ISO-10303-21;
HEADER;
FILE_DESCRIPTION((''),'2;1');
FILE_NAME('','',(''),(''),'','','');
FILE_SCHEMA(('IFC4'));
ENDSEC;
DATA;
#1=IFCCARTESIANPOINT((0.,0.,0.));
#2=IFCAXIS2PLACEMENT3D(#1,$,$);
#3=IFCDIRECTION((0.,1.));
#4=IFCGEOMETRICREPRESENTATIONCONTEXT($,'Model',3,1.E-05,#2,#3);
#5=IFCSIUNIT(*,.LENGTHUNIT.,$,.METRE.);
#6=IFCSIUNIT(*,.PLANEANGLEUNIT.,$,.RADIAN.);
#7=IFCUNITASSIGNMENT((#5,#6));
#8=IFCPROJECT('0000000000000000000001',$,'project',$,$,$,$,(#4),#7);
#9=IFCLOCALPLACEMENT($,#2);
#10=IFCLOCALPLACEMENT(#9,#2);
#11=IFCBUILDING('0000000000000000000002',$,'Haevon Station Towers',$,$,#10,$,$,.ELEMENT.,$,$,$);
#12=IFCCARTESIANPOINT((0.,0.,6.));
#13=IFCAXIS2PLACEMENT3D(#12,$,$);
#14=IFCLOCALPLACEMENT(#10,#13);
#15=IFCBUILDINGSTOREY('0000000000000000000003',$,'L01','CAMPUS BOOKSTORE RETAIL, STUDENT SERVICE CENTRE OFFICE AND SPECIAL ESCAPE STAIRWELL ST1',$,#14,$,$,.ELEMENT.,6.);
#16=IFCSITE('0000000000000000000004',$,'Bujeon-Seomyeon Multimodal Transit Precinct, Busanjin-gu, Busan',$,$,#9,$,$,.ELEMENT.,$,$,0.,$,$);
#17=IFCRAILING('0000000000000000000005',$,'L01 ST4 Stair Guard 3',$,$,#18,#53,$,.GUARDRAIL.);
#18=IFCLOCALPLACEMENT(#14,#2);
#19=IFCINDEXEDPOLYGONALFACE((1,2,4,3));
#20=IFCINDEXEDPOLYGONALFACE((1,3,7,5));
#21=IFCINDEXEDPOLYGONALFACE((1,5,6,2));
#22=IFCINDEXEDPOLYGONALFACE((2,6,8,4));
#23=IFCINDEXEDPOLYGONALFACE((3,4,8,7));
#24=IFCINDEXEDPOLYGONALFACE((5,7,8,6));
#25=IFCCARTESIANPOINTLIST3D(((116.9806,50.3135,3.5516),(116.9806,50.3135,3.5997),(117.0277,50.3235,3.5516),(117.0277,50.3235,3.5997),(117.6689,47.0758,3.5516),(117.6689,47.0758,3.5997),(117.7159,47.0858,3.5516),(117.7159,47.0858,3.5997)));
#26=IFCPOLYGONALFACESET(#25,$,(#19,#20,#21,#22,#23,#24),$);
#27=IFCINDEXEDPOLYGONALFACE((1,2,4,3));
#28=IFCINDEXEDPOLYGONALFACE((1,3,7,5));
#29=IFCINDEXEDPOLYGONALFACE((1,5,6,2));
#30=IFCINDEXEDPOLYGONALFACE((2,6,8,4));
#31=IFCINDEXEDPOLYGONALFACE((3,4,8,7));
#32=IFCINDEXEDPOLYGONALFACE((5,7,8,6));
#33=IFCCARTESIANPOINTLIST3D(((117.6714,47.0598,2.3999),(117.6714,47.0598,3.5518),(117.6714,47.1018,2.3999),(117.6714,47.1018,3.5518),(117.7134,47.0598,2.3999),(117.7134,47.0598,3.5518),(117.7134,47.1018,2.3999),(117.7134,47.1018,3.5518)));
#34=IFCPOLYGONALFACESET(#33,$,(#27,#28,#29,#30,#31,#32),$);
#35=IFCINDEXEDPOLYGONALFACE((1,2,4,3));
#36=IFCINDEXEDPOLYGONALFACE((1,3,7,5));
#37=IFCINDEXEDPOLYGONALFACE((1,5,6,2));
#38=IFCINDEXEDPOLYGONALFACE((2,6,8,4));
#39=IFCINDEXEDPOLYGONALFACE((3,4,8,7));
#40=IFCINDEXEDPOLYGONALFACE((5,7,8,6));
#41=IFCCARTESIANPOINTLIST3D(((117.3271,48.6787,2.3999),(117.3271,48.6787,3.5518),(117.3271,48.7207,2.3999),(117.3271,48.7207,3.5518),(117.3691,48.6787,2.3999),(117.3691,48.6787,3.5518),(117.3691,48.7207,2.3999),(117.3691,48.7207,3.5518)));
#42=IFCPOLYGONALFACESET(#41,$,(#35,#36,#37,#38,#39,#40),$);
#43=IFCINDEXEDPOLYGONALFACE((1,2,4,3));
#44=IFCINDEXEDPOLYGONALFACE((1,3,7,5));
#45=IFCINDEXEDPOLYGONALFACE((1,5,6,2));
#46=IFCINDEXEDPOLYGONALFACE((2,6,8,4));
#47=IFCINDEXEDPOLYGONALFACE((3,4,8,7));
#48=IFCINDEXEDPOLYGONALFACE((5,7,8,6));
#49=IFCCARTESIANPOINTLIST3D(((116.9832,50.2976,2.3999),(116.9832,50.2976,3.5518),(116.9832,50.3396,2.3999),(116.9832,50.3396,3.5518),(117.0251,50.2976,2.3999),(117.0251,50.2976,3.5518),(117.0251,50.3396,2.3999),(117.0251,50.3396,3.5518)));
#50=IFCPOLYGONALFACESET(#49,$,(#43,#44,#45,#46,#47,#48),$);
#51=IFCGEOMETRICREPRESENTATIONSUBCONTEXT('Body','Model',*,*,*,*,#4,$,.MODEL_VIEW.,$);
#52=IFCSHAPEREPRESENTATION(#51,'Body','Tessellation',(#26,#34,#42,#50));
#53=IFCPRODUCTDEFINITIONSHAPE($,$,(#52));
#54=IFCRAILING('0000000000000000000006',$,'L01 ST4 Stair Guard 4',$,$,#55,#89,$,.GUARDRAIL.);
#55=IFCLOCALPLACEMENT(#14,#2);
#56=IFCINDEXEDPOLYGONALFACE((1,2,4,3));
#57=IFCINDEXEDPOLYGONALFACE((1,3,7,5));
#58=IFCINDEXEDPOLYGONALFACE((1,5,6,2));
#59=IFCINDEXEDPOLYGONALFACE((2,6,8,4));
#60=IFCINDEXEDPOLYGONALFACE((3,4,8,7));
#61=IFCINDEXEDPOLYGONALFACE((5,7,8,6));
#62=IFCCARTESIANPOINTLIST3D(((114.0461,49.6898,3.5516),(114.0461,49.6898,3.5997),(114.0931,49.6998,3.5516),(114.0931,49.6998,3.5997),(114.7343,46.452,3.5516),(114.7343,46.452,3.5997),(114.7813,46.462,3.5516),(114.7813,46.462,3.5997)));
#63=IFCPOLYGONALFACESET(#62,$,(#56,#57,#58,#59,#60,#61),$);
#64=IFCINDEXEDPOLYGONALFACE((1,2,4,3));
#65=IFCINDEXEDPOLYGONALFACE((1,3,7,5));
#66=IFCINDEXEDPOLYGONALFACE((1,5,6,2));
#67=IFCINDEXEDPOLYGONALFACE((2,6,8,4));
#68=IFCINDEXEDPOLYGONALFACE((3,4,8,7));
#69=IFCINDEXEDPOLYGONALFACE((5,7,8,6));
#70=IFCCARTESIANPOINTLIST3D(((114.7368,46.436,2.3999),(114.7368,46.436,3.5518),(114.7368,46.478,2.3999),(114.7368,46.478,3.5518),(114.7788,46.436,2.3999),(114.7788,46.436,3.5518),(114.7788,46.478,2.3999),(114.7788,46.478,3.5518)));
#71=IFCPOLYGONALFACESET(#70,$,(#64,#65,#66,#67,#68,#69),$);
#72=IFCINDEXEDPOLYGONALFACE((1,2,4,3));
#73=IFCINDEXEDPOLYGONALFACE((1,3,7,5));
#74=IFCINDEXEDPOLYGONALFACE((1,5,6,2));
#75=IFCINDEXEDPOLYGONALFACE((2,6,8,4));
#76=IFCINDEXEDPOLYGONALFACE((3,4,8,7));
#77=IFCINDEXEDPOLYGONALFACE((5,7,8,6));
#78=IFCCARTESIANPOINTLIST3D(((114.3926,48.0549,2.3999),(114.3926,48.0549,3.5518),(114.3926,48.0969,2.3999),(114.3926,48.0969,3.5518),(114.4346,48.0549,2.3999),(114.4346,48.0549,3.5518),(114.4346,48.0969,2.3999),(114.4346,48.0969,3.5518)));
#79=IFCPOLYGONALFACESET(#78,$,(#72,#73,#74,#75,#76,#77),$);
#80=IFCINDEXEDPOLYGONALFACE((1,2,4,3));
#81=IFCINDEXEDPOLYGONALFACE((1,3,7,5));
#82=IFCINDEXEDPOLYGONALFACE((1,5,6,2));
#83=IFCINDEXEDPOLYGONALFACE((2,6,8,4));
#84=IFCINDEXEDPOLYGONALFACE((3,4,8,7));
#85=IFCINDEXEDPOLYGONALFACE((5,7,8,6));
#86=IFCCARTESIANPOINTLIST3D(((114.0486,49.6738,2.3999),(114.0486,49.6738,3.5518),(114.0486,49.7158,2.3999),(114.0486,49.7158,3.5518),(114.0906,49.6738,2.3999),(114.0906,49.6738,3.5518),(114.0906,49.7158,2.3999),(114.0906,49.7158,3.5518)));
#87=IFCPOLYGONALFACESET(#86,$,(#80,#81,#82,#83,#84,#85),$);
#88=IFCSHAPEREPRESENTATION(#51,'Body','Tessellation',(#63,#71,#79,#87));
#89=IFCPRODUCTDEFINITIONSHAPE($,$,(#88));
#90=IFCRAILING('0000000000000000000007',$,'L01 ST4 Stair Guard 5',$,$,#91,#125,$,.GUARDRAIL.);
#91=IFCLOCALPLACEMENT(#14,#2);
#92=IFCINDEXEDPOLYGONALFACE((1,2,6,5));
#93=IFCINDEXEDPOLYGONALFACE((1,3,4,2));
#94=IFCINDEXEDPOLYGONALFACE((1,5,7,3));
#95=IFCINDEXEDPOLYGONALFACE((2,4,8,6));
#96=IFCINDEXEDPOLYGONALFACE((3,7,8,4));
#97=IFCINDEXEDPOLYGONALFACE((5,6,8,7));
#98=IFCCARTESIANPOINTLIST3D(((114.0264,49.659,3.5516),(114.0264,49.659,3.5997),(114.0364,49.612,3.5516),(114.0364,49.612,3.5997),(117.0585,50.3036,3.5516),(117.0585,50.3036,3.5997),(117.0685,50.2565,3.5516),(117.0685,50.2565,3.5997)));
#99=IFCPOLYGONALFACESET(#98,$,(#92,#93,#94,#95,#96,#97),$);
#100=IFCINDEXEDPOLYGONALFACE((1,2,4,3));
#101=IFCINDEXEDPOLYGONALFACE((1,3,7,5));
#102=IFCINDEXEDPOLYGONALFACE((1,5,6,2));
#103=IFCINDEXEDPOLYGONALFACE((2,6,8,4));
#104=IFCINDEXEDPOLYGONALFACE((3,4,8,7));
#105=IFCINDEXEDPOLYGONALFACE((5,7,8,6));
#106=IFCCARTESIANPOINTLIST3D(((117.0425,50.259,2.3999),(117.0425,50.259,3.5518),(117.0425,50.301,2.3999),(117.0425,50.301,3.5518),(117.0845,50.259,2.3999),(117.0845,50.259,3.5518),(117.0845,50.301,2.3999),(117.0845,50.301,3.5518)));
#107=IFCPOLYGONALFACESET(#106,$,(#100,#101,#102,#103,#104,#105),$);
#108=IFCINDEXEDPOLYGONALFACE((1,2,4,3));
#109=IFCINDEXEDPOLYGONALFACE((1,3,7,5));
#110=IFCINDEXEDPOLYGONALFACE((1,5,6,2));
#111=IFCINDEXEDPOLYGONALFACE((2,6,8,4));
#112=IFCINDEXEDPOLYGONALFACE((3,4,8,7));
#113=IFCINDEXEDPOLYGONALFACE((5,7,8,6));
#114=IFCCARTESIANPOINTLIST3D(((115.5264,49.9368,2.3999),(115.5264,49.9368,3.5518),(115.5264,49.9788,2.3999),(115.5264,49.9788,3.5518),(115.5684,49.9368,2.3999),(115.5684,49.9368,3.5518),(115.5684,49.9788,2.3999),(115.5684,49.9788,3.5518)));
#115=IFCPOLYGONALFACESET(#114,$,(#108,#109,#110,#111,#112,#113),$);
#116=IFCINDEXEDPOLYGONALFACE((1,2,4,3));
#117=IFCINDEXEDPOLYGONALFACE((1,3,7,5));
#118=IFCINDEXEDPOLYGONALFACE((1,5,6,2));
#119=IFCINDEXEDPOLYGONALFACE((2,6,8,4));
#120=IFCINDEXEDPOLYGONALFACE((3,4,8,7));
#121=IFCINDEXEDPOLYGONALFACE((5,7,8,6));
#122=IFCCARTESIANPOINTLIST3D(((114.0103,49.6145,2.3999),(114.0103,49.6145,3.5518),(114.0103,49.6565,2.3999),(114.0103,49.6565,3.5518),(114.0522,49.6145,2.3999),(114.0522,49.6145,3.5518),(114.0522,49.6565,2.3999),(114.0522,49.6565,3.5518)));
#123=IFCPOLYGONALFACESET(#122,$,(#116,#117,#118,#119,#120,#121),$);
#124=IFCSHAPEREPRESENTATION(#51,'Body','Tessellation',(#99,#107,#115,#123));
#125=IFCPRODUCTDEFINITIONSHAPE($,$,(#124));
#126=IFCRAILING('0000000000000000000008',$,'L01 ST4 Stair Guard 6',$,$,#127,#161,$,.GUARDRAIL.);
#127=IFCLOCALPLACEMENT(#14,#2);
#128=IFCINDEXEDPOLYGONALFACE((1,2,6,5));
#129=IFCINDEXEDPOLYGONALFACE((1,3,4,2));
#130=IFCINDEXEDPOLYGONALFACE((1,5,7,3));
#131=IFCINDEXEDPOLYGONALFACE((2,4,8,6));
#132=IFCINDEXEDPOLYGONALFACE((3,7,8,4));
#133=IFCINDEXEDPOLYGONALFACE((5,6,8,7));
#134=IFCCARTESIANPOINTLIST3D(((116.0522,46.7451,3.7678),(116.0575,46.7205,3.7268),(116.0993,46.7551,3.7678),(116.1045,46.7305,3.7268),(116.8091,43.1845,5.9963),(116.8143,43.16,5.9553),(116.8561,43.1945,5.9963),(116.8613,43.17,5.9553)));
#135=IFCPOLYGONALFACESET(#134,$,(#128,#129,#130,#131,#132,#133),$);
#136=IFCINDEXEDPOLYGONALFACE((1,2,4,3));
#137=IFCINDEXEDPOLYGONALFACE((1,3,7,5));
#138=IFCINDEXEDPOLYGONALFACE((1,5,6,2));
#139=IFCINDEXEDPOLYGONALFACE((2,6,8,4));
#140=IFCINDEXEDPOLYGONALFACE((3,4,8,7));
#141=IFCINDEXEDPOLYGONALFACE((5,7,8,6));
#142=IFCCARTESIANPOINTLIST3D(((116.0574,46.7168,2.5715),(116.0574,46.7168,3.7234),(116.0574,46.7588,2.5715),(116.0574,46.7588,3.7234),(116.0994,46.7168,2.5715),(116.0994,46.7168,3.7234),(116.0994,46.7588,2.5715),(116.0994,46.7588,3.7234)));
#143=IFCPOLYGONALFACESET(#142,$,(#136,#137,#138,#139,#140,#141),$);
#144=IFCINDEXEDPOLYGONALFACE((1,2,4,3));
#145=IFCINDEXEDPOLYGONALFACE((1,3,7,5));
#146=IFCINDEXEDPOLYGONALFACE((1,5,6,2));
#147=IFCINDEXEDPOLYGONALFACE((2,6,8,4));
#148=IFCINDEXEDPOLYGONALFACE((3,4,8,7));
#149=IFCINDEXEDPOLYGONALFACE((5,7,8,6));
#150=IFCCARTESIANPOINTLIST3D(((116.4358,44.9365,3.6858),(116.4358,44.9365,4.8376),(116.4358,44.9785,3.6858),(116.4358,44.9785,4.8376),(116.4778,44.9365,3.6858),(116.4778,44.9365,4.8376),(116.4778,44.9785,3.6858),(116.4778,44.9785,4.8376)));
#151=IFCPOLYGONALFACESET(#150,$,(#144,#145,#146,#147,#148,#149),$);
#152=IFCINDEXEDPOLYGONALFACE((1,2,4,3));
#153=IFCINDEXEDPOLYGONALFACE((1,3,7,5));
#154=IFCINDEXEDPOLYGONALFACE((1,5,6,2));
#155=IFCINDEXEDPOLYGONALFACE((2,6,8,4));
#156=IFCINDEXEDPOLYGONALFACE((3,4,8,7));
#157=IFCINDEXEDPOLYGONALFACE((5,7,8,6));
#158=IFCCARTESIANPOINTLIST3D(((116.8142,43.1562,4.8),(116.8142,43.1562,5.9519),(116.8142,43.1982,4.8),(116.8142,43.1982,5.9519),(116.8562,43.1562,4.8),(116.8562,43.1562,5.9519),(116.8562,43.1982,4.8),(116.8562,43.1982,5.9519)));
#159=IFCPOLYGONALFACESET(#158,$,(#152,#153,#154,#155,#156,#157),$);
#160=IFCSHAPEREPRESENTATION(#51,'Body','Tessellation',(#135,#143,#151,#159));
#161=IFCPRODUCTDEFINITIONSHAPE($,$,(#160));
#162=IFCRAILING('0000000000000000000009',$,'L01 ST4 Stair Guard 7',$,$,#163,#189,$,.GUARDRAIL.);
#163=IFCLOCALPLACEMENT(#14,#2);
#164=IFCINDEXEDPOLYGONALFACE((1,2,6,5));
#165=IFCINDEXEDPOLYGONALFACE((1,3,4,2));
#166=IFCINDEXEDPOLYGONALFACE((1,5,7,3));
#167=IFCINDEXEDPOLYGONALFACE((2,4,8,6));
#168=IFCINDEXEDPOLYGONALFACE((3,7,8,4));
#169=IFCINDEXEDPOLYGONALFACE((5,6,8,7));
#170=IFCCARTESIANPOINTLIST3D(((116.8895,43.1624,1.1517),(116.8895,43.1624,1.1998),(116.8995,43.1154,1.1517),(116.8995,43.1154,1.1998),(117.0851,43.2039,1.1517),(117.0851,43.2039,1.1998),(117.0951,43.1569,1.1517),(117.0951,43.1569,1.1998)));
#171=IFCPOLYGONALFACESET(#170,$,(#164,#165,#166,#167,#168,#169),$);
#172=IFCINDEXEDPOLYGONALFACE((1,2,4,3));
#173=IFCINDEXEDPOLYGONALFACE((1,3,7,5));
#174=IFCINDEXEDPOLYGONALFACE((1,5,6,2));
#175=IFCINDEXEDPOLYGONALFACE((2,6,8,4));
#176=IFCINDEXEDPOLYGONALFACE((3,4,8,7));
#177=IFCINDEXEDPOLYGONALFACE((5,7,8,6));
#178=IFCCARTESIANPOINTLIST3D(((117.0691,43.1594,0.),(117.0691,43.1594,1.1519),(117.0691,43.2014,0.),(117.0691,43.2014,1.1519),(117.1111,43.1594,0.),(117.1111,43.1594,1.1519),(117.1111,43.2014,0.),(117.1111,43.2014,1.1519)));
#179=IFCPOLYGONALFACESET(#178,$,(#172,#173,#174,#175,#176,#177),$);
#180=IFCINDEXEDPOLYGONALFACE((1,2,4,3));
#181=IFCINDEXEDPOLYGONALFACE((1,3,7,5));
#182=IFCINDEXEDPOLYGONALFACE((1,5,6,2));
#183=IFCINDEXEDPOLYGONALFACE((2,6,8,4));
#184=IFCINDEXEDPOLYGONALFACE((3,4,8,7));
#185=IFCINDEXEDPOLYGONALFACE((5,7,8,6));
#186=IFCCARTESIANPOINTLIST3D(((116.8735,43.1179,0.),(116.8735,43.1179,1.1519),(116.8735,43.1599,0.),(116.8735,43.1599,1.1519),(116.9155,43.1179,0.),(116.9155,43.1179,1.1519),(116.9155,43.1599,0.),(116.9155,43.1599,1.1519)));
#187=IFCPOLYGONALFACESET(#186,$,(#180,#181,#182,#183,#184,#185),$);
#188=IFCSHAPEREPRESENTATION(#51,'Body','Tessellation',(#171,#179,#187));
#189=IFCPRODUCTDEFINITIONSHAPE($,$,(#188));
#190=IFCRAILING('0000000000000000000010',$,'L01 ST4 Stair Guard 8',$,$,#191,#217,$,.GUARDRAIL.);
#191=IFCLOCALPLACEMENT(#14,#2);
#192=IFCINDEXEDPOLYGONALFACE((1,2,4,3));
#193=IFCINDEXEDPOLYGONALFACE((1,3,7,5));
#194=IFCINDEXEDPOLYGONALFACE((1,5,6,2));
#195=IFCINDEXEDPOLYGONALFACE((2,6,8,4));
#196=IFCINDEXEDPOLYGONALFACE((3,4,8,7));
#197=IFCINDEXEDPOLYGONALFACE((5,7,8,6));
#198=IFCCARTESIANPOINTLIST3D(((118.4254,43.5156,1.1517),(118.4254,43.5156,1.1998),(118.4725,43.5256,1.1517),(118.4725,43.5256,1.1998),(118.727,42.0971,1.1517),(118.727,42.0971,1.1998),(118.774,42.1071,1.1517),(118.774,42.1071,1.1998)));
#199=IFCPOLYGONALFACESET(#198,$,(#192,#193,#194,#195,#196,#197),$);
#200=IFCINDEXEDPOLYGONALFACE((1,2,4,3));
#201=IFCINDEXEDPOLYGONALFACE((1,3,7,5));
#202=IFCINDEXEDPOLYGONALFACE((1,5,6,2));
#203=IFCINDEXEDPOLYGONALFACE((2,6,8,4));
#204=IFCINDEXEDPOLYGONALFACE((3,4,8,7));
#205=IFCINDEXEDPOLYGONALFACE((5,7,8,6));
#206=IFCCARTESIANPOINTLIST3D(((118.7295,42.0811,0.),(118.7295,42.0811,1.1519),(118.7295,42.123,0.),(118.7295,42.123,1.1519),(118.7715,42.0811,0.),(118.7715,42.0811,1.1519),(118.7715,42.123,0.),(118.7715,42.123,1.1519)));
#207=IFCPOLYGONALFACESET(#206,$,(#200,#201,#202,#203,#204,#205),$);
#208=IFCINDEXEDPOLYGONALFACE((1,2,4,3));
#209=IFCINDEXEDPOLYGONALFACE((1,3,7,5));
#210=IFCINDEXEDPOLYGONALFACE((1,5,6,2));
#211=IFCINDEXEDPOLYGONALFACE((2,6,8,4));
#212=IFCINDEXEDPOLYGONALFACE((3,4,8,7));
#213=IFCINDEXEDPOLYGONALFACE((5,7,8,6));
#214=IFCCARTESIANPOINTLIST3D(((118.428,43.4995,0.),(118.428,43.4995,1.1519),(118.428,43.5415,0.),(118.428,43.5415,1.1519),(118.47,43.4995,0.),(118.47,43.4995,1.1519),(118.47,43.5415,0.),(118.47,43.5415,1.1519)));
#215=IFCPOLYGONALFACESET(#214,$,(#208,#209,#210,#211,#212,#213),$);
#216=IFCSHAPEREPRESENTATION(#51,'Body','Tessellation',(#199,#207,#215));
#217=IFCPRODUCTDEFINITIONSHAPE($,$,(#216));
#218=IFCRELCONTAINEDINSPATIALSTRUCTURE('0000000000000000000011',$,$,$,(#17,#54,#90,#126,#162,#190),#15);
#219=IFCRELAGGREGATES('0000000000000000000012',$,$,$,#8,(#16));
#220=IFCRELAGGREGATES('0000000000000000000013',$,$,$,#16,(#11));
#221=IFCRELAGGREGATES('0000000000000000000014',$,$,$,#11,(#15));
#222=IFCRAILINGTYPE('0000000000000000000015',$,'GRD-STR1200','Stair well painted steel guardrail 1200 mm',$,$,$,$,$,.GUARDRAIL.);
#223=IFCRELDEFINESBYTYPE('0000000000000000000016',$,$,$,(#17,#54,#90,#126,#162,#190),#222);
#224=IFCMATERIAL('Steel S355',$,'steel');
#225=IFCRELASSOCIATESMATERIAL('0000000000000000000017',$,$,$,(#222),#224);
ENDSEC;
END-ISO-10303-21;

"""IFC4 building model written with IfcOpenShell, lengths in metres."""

from ifc_helpers import new_model, si_unit, direction, frame, origin, origin_2d, place, context, subcontext, project, spatial, rectangle, extrude, material, type_object, element, save


model = new_model("IFC4")

# Units and contexts
model_context = context("Model", 3, precision=1e-05, world=origin(), true_north=direction((0.0, 1.0)))
body_context = subcontext(model_context, "Body", "Model", "MODEL_VIEW")
ifc_project = project(units=[si_unit("LENGTHUNIT", "METRE"), si_unit("PLANEANGLEUNIT", "RADIAN")], contexts=[model_context])

# Site, building, storey
site_placement = place(None, origin())
site = spatial("IfcSite", under=ifc_project, at=site_placement, Name="Bujeon-Seomyeon Multimodal Transit Precinct, Busanjin-gu, Busan", CompositionType="ELEMENT", RefElevation=0.0)
building_placement = place(site_placement, origin())
building = spatial("IfcBuilding", under=site, at=building_placement, Name="Haevon Station Towers", CompositionType="ELEMENT")
storey_placement = place(building_placement, frame((0.0, 0.0, 6.0)))
storey = spatial("IfcBuildingStorey", under=building, at=storey_placement, Name="L01", Description="CAMPUS BOOKSTORE RETAIL, STUDENT SERVICE CENTRE OFFICE AND SPECIAL ESCAPE STAIRWELL ST1", CompositionType="ELEMENT", Elevation=6.0)

# Shared definitions
ifc_material_1 = material(Name="Steel S355", Category="steel")

# Railings
railing_type_1 = type_object("IfcRailingType", Name="GRD-STR1200", Description="Stair well painted steel guardrail 1200 mm", PredefinedType="GUARDRAIL", material=ifc_material_1)
for number, where, name in (
    (1, (117.6924, 47.0808, 2.3999), "L01 ST4 Stair Guard 3"),
    (2, (114.7578, 46.457, 2.3999), "L01 ST4 Stair Guard 4"),
):
    element("IfcRailing", number, at=place(storey_placement, frame(where)), inside=storey, type_object=railing_type_1, Name=name, PredefinedType="GUARDRAIL", context=body_context, shape_type="SweptSolid", body=[
        extrude(rectangle(XDim=0.0481, YDim=0.0481, at=origin_2d()), frame((0.0, 0.0, 1.1758), z_axis=(-0.207917, 0.978146, 0.0), x_axis=(-0.978146, -0.207917, 0.0)), (0.0, 0.0, 1.0), 3.3101),
        extrude(rectangle(XDim=0.042, YDim=0.042, at=origin_2d()), origin(), (0.0, 0.0, 1.0), 1.1519),
        extrude(rectangle(XDim=0.042, YDim=0.042, at=origin_2d()), frame((-0.3442, 1.6189, 0.0)), (0.0, 0.0, 1.0), 1.1519),
        extrude(rectangle(XDim=0.042, YDim=0.042, at=origin_2d()), frame((-0.6882, 3.2378, 0.0)), (0.0, 0.0, 1.0), 1.1519),
    ])
railing_1_placement = place(storey_placement, frame((117.0635, 50.28, 2.3999)))
element("IfcRailing", 3, at=railing_1_placement, inside=storey, type_object=railing_type_1, Name="L01 ST4 Stair Guard 5", PredefinedType="GUARDRAIL", context=body_context, shape_type="SweptSolid", body=[
    extrude(rectangle(XDim=0.0481, YDim=0.0481, at=origin_2d()), frame((0.0, 0.0, 1.1758), z_axis=(-0.978147, -0.207915, 0.0), x_axis=(0.207915, -0.978147, 0.0)), (0.0, 0.0, 1.0), 3.0999),
    extrude(rectangle(XDim=0.042, YDim=0.042, at=origin_2d()), origin(), (0.0, 0.0, 1.0), 1.1519),
    extrude(rectangle(XDim=0.042, YDim=0.042, at=origin_2d()), frame((-1.5161, -0.3223, 0.0)), (0.0, 0.0, 1.0), 1.1519),
    extrude(rectangle(XDim=0.042, YDim=0.042, at=origin_2d()), frame((-3.0322, -0.6445, 0.0)), (0.0, 0.0, 1.0), 1.1519),
])
railing_2_placement = place(storey_placement, frame((116.0784, 46.7378, 2.5715)))
element("IfcRailing", 4, at=railing_2_placement, inside=storey, type_object=railing_type_1, Name="L01 ST4 Stair Guard 6", PredefinedType="GUARDRAIL", context=body_context, shape_type="SweptSolid", body=[
    extrude(rectangle(XDim=0.0481, YDim=0.0481, at=origin_2d()), frame((0.0, 0.0, 1.1758), z_axis=(0.177324, -0.834225, 0.522134), x_axis=(0.978147, 0.207917, 0.0)), (0.0, 0.0, 1.0), 4.2681),
    extrude(rectangle(XDim=0.042, YDim=0.042, at=origin_2d()), origin(), (0.0, 0.0, 1.0), 1.1519),
    extrude(rectangle(XDim=0.042, YDim=0.042, at=origin_2d()), frame((0.3784, -1.7803, 1.1143)), (0.0, 0.0, 1.0), 1.1519),
    extrude(rectangle(XDim=0.042, YDim=0.042, at=origin_2d()), frame((0.7568, -3.5605, 2.2285)), (0.0, 0.0, 1.0), 1.1519),
])
railing_3_placement = place(storey_placement, frame((117.0901, 43.1804, 0.0)))
element("IfcRailing", 5, at=railing_3_placement, inside=storey, type_object=railing_type_1, Name="L01 ST4 Stair Guard 7", PredefinedType="GUARDRAIL", context=body_context, shape_type="SweptSolid", body=[
    extrude(rectangle(XDim=0.0481, YDim=0.0481, at=origin_2d()), frame((0.0, 0.0, 1.1758), z_axis=(-0.978212, -0.20761, 0.0), x_axis=(0.20761, -0.978212, 0.0)), (0.0, 0.0, 1.0), 0.2),
    extrude(rectangle(XDim=0.042, YDim=0.042, at=origin_2d()), origin(), (0.0, 0.0, 1.0), 1.1519),
    extrude(rectangle(XDim=0.042, YDim=0.042, at=origin_2d()), frame((-0.1956, -0.0415, 0.0)), (0.0, 0.0, 1.0), 1.1519),
])
railing_4_placement = place(storey_placement, frame((118.7505, 42.1021, 0.0)))
element("IfcRailing", 6, at=railing_4_placement, inside=storey, type_object=railing_type_1, Name="L01 ST4 Stair Guard 8", PredefinedType="GUARDRAIL", context=body_context, shape_type="SweptSolid", body=[
    extrude(rectangle(XDim=0.0481, YDim=0.0481, at=origin_2d()), frame((0.0, 0.0, 1.1758), z_axis=(-0.207919, 0.978146, 0.0), x_axis=(-0.978146, -0.207919, 0.0)), (0.0, 0.0, 1.0), 1.4502),
    extrude(rectangle(XDim=0.042, YDim=0.042, at=origin_2d()), origin(), (0.0, 0.0, 1.0), 1.1519),
    extrude(rectangle(XDim=0.042, YDim=0.042, at=origin_2d()), frame((-0.3015, 1.4185, 0.0)), (0.0, 0.0, 1.0), 1.1519),
])

save(model, "model.ifc")
